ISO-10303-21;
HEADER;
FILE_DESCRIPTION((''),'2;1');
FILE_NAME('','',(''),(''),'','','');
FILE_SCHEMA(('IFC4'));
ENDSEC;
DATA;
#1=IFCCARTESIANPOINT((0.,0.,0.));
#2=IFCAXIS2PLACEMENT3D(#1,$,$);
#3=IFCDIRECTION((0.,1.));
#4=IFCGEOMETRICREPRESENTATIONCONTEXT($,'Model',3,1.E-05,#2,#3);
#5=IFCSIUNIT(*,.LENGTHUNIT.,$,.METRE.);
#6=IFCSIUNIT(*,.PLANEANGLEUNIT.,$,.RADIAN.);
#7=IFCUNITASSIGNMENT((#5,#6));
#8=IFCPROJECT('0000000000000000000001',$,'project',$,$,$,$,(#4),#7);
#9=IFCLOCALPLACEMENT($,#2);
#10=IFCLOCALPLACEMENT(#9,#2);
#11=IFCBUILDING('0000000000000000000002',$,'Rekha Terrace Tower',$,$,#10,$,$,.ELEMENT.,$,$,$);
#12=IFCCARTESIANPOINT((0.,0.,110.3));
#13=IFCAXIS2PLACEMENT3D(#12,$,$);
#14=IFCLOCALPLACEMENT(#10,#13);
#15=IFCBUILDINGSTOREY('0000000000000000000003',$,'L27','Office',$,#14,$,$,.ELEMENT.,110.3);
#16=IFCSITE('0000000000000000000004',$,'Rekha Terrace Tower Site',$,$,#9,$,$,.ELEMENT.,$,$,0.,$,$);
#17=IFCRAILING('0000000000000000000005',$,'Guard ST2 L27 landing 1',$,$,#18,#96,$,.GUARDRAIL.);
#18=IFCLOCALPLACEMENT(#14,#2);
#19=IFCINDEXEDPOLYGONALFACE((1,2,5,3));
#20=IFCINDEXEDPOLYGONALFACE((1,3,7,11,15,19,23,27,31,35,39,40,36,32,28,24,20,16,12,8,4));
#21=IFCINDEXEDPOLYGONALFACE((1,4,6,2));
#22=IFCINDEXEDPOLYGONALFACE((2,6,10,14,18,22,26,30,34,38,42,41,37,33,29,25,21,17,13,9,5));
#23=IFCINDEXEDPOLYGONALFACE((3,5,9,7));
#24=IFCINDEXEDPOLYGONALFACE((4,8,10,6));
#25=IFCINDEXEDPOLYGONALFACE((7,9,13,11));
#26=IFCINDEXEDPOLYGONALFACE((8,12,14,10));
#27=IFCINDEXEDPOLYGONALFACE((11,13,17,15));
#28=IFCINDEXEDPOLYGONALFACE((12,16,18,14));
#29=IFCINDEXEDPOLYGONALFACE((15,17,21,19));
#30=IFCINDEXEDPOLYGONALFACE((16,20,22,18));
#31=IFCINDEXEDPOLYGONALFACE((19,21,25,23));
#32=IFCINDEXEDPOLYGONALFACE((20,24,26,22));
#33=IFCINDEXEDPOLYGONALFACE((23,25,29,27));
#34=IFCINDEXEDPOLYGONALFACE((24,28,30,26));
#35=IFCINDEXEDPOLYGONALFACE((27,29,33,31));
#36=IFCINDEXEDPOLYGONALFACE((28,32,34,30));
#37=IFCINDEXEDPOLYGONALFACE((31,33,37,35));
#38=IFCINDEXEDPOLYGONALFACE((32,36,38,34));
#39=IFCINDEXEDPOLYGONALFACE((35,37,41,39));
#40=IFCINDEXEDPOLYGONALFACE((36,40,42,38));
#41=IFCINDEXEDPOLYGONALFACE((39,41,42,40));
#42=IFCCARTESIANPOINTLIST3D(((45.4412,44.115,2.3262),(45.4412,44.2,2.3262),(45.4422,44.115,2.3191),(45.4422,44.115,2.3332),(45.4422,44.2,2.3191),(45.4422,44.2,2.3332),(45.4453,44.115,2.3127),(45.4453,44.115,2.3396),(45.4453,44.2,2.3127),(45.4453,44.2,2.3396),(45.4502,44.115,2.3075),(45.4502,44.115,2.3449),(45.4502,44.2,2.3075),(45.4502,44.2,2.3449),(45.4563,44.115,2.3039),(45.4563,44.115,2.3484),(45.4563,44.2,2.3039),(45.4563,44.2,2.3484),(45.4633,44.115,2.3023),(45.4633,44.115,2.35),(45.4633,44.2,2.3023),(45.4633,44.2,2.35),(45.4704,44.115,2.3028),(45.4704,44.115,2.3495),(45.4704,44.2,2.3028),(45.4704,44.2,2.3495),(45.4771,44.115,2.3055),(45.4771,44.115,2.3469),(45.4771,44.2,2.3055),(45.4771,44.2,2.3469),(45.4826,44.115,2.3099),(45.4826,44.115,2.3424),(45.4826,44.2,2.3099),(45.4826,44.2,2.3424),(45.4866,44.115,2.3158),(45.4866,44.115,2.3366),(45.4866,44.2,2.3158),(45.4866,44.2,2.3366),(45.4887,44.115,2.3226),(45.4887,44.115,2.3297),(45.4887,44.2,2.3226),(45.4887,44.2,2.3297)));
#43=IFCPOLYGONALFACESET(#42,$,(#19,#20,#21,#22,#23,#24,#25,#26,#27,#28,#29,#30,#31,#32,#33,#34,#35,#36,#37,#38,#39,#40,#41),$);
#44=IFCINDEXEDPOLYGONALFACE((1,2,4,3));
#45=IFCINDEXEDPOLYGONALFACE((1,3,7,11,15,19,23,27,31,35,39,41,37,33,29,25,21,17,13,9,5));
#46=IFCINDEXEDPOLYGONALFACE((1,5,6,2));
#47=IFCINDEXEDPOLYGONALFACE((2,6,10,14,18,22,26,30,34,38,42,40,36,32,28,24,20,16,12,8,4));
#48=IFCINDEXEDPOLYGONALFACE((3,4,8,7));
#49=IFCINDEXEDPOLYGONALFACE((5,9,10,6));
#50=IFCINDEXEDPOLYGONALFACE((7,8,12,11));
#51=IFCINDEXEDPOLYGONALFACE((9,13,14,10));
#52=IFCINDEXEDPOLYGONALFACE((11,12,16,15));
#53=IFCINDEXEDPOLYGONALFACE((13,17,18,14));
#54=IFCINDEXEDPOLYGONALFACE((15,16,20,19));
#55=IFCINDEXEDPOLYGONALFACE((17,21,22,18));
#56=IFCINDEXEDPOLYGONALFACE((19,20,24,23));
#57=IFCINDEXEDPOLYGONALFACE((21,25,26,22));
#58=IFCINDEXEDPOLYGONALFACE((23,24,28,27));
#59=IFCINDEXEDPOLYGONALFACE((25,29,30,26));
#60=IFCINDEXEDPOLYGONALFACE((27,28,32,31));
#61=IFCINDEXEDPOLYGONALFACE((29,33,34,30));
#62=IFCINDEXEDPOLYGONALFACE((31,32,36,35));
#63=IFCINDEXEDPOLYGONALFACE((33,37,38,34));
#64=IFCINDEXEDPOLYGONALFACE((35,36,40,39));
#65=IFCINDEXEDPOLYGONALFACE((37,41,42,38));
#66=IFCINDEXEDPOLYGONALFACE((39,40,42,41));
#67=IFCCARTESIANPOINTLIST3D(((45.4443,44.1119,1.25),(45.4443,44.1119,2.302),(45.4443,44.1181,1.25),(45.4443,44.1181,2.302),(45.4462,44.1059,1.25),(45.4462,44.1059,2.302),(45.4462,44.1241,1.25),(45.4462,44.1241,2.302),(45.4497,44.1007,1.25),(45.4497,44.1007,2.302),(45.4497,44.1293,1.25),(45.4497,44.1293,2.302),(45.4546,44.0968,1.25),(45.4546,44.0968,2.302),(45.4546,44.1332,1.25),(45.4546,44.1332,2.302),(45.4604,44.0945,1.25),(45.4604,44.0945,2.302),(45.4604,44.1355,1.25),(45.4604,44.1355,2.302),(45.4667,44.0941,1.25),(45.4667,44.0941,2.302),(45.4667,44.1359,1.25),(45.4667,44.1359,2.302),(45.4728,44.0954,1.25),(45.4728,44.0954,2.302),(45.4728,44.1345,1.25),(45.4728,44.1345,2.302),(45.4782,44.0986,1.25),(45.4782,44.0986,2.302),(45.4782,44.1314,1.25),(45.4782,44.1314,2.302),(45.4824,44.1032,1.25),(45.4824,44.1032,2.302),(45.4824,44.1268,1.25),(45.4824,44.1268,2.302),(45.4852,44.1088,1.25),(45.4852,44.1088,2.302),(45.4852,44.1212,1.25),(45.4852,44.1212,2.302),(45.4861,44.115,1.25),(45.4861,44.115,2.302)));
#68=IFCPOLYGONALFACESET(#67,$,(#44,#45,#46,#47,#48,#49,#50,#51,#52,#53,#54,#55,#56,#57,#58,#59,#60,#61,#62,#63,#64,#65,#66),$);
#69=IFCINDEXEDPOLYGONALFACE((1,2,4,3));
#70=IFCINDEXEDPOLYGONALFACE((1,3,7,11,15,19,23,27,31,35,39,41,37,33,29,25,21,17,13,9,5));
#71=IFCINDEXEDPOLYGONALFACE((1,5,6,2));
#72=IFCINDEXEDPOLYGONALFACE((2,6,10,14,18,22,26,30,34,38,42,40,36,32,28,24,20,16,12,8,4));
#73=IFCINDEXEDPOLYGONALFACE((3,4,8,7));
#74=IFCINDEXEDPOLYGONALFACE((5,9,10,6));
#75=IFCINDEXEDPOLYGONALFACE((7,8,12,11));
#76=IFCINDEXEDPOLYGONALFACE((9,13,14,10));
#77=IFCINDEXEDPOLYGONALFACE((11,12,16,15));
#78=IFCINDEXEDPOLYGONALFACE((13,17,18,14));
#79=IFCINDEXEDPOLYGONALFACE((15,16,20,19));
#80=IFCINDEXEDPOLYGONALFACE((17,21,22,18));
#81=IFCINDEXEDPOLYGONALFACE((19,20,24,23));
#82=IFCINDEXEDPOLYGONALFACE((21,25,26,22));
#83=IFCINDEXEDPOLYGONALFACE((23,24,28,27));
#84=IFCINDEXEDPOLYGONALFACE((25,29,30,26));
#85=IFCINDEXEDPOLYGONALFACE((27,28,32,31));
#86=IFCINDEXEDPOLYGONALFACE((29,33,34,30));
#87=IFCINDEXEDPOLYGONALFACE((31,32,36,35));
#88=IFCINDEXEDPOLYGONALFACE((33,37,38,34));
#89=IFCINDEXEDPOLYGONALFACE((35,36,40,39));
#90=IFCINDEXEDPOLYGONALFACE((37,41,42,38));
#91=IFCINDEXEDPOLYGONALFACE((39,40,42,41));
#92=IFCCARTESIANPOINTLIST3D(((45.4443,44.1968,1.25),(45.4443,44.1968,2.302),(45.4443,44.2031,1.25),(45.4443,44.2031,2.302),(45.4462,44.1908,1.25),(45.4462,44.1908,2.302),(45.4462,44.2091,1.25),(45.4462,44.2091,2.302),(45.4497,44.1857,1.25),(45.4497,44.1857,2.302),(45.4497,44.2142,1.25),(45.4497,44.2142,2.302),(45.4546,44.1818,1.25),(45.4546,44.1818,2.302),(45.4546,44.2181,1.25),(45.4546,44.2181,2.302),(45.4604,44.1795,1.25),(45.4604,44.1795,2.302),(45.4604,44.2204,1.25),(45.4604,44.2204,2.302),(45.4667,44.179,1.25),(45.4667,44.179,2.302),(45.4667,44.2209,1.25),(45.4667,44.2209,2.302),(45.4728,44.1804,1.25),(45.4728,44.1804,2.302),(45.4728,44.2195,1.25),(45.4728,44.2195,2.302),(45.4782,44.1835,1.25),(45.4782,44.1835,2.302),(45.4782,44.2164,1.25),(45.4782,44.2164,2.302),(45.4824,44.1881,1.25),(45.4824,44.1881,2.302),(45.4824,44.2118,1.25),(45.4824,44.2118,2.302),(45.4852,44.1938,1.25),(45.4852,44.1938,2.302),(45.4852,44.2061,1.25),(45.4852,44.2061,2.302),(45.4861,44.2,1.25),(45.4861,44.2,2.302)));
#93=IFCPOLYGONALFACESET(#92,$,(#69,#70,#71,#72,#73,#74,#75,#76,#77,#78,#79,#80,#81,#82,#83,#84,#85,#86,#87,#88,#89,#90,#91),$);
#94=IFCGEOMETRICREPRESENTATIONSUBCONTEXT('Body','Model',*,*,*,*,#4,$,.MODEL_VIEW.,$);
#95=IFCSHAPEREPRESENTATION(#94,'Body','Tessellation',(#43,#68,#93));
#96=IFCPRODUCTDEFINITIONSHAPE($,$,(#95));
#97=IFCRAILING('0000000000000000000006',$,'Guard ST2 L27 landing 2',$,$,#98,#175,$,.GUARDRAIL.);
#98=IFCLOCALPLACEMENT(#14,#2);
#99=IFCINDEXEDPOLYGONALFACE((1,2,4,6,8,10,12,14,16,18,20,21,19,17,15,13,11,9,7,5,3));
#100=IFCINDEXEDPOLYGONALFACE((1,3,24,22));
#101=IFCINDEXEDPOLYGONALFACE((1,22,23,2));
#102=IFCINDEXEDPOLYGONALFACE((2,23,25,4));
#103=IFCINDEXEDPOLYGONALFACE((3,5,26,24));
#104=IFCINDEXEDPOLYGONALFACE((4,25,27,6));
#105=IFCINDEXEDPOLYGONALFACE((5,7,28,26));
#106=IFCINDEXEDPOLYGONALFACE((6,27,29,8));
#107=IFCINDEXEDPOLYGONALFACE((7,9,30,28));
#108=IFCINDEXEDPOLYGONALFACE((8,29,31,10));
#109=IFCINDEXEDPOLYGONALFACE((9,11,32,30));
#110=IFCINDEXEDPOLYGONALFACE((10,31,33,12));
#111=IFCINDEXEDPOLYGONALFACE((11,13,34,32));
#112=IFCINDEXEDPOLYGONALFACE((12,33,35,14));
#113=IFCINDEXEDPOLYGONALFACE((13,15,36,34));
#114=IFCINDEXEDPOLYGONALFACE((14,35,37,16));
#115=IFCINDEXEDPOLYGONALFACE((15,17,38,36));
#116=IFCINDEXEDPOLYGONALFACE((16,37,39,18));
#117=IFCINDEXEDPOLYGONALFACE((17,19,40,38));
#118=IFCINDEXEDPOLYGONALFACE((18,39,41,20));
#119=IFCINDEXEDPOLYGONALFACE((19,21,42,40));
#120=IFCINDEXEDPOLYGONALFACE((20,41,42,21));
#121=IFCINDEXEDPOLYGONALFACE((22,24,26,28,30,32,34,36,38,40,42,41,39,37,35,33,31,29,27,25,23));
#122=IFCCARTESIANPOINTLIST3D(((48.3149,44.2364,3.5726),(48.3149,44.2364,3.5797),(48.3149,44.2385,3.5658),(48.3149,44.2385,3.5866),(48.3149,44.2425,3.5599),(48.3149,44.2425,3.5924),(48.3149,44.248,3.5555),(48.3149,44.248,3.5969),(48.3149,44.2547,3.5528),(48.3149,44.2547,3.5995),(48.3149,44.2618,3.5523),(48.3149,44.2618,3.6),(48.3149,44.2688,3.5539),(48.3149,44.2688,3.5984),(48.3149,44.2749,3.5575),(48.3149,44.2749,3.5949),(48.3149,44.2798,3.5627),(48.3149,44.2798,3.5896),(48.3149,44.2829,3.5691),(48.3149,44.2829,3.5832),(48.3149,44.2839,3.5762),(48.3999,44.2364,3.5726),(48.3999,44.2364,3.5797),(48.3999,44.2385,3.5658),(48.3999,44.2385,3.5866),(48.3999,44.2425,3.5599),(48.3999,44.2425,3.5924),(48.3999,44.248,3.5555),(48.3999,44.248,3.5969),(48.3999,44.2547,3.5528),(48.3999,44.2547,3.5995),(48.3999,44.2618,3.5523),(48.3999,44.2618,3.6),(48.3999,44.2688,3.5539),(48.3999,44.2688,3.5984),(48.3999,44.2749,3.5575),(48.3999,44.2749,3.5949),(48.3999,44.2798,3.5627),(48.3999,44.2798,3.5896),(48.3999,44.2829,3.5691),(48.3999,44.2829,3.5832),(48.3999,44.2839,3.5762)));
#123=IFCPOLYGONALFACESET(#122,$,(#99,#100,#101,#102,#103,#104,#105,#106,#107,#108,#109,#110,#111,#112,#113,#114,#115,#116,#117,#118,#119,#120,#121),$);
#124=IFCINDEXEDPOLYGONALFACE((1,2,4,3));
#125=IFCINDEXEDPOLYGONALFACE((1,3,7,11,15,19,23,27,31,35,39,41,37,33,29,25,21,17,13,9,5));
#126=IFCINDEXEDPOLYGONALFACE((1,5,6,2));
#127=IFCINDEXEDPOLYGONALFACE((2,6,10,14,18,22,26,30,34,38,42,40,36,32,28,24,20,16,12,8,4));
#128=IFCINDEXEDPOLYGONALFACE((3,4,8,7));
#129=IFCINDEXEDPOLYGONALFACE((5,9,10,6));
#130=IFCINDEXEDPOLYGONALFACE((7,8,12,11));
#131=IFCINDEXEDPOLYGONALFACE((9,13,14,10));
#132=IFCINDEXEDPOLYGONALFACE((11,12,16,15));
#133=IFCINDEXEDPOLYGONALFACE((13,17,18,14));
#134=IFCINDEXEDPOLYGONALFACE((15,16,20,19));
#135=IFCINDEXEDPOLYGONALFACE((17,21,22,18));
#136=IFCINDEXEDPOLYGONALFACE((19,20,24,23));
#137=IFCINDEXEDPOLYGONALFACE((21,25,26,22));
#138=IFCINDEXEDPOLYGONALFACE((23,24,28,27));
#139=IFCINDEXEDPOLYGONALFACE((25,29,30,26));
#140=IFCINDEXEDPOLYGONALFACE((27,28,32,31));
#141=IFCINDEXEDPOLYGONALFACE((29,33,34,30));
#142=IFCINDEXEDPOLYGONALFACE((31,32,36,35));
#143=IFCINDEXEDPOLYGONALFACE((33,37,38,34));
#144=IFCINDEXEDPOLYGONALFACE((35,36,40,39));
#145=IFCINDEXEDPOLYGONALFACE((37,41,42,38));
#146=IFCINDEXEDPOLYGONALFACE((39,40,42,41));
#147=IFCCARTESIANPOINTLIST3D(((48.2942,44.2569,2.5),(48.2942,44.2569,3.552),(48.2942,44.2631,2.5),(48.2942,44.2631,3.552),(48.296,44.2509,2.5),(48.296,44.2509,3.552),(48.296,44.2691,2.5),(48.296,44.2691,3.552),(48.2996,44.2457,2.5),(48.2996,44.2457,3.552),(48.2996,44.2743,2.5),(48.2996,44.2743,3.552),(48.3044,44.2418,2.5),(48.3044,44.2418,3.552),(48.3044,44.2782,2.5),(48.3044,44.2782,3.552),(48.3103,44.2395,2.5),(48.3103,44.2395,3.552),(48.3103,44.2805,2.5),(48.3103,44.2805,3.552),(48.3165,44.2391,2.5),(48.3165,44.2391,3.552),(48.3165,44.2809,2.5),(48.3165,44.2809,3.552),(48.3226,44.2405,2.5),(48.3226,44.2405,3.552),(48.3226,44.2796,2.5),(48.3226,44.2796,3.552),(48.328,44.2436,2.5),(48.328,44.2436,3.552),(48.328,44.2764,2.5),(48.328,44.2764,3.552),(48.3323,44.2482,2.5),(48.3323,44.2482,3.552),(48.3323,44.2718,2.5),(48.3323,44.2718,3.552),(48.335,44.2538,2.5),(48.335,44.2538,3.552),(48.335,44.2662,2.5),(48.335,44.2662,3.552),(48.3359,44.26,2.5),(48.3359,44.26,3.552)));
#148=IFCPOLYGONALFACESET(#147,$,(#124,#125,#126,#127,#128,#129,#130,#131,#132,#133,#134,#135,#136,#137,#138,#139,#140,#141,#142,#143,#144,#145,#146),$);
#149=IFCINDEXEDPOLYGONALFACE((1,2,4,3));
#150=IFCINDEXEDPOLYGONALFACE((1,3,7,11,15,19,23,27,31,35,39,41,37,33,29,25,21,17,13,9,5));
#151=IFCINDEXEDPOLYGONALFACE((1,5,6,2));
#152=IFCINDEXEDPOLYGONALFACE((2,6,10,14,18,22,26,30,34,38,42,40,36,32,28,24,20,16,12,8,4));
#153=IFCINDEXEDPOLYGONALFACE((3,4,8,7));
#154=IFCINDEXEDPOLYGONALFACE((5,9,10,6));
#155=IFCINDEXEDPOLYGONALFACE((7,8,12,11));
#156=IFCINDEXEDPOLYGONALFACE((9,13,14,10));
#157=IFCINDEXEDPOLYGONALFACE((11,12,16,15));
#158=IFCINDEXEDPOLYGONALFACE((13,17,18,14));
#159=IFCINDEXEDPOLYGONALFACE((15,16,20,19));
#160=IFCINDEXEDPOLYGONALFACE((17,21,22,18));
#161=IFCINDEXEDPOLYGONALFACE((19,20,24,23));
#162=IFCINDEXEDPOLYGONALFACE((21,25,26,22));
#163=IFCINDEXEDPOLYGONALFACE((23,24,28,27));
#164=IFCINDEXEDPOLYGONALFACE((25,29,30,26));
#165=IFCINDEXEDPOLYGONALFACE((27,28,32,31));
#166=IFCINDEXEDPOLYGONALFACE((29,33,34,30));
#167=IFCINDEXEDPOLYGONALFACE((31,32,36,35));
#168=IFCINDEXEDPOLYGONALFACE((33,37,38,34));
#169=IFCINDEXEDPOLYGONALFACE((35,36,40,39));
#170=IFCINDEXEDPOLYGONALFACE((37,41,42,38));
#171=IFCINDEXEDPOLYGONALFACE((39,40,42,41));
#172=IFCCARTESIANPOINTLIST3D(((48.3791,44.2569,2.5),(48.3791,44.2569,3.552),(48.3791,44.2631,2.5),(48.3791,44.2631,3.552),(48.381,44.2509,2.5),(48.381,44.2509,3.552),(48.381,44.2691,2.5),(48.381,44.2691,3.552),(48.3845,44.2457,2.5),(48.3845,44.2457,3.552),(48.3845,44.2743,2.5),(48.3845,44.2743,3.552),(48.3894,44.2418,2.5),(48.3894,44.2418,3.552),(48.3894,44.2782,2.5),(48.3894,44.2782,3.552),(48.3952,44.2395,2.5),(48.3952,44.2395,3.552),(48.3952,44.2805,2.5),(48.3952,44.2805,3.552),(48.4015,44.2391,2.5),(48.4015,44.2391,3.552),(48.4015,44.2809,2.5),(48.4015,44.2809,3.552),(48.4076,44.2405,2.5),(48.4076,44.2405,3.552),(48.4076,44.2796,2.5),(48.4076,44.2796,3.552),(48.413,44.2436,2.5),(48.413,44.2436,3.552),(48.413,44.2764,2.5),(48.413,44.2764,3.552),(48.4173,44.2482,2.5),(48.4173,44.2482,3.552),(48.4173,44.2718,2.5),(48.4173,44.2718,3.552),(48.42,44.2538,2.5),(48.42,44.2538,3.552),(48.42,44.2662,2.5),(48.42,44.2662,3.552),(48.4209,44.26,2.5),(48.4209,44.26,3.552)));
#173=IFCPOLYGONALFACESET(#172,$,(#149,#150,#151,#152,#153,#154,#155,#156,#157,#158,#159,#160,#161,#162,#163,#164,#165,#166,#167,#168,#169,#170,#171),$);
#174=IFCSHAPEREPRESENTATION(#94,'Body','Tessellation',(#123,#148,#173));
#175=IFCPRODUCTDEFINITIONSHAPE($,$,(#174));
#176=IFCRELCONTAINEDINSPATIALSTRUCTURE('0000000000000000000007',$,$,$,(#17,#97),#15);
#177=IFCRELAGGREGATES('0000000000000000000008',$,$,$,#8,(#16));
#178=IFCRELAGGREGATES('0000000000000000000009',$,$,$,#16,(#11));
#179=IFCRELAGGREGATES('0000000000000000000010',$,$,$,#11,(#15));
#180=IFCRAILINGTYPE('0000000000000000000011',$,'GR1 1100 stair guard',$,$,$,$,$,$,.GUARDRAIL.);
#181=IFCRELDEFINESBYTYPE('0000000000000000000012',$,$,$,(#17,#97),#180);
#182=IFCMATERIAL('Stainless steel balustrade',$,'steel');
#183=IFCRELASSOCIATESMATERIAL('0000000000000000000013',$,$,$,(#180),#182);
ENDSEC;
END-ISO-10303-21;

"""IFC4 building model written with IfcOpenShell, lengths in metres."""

from ifc_helpers import new_model, si_unit, direction, frame, origin, origin_2d, place, context, subcontext, project, spatial, circle, extrude, material, type_object, element, save


model = new_model("IFC4")

# Units and contexts
model_context = context("Model", 3, precision=1e-05, world=origin(), true_north=direction((0.0, 1.0)))
body_context = subcontext(model_context, "Body", "Model", "MODEL_VIEW")
ifc_project = project(units=[si_unit("LENGTHUNIT", "METRE"), si_unit("PLANEANGLEUNIT", "RADIAN")], contexts=[model_context])

# Site, building, storey
site_placement = place(None, origin())
site = spatial("IfcSite", under=ifc_project, at=site_placement, Name="Rekha Terrace Tower Site", CompositionType="ELEMENT", RefElevation=0.0)
building_placement = place(site_placement, origin())
building = spatial("IfcBuilding", under=site, at=building_placement, Name="Rekha Terrace Tower", CompositionType="ELEMENT")
storey_placement = place(building_placement, frame((0.0, 0.0, 110.3)))
storey = spatial("IfcBuildingStorey", under=building, at=storey_placement, Name="L27", Description="Office", CompositionType="ELEMENT", Elevation=110.3)

# Railings
ifc_material_1 = material(Name="Stainless steel balustrade", Category="steel")
railing_type_1 = type_object("IfcRailingType", Name="GR1 1100 stair guard", PredefinedType="GUARDRAIL", material=ifc_material_1)
railing_1_placement = place(storey_placement, frame((45.4651, 44.115, 1.25)))
element("IfcRailing", 1, at=railing_1_placement, inside=storey, type_object=railing_type_1, Name="Guard ST2 L27 landing 1", PredefinedType="GUARDRAIL", context=body_context, shape_type="SweptSolid", body=[
    extrude(circle(Radius=0.0239, at=origin_2d()), frame((0.0, 0.0, 1.0762), z_axis=(0.0, 1.0, 0.0), x_axis=(-1.0, 0.0, 0.0)), (0.0, 0.0, 1.0), 0.085),
    extrude(circle(Radius=0.021, at=origin_2d()), origin(), (0.0, 0.0, 1.0), 1.052),
    extrude(circle(Radius=0.021, at=origin_2d()), frame((0.0, 0.085, 0.0)), (0.0, 0.0, 1.0), 1.052),
])
railing_2_placement = place(storey_placement, frame((48.3149, 44.26, 2.5)))
element("IfcRailing", 2, at=railing_2_placement, inside=storey, type_object=railing_type_1, Name="Guard ST2 L27 landing 2", PredefinedType="GUARDRAIL", context=body_context, shape_type="SweptSolid", body=[
    extrude(circle(Radius=0.0239, at=origin_2d()), frame((0.0, 0.0, 1.0762), z_axis=(1.0, 0.0, 0.0), x_axis=(0.0, 1.0, 0.0)), (0.0, 0.0, 1.0), 0.085),
    extrude(circle(Radius=0.021, at=origin_2d()), origin(), (0.0, 0.0, 1.0), 1.052),
    extrude(circle(Radius=0.021, at=origin_2d()), frame((0.085, 0.0, 0.0)), (0.0, 0.0, 1.0), 1.052),
])

save(model, "model.ifc")
